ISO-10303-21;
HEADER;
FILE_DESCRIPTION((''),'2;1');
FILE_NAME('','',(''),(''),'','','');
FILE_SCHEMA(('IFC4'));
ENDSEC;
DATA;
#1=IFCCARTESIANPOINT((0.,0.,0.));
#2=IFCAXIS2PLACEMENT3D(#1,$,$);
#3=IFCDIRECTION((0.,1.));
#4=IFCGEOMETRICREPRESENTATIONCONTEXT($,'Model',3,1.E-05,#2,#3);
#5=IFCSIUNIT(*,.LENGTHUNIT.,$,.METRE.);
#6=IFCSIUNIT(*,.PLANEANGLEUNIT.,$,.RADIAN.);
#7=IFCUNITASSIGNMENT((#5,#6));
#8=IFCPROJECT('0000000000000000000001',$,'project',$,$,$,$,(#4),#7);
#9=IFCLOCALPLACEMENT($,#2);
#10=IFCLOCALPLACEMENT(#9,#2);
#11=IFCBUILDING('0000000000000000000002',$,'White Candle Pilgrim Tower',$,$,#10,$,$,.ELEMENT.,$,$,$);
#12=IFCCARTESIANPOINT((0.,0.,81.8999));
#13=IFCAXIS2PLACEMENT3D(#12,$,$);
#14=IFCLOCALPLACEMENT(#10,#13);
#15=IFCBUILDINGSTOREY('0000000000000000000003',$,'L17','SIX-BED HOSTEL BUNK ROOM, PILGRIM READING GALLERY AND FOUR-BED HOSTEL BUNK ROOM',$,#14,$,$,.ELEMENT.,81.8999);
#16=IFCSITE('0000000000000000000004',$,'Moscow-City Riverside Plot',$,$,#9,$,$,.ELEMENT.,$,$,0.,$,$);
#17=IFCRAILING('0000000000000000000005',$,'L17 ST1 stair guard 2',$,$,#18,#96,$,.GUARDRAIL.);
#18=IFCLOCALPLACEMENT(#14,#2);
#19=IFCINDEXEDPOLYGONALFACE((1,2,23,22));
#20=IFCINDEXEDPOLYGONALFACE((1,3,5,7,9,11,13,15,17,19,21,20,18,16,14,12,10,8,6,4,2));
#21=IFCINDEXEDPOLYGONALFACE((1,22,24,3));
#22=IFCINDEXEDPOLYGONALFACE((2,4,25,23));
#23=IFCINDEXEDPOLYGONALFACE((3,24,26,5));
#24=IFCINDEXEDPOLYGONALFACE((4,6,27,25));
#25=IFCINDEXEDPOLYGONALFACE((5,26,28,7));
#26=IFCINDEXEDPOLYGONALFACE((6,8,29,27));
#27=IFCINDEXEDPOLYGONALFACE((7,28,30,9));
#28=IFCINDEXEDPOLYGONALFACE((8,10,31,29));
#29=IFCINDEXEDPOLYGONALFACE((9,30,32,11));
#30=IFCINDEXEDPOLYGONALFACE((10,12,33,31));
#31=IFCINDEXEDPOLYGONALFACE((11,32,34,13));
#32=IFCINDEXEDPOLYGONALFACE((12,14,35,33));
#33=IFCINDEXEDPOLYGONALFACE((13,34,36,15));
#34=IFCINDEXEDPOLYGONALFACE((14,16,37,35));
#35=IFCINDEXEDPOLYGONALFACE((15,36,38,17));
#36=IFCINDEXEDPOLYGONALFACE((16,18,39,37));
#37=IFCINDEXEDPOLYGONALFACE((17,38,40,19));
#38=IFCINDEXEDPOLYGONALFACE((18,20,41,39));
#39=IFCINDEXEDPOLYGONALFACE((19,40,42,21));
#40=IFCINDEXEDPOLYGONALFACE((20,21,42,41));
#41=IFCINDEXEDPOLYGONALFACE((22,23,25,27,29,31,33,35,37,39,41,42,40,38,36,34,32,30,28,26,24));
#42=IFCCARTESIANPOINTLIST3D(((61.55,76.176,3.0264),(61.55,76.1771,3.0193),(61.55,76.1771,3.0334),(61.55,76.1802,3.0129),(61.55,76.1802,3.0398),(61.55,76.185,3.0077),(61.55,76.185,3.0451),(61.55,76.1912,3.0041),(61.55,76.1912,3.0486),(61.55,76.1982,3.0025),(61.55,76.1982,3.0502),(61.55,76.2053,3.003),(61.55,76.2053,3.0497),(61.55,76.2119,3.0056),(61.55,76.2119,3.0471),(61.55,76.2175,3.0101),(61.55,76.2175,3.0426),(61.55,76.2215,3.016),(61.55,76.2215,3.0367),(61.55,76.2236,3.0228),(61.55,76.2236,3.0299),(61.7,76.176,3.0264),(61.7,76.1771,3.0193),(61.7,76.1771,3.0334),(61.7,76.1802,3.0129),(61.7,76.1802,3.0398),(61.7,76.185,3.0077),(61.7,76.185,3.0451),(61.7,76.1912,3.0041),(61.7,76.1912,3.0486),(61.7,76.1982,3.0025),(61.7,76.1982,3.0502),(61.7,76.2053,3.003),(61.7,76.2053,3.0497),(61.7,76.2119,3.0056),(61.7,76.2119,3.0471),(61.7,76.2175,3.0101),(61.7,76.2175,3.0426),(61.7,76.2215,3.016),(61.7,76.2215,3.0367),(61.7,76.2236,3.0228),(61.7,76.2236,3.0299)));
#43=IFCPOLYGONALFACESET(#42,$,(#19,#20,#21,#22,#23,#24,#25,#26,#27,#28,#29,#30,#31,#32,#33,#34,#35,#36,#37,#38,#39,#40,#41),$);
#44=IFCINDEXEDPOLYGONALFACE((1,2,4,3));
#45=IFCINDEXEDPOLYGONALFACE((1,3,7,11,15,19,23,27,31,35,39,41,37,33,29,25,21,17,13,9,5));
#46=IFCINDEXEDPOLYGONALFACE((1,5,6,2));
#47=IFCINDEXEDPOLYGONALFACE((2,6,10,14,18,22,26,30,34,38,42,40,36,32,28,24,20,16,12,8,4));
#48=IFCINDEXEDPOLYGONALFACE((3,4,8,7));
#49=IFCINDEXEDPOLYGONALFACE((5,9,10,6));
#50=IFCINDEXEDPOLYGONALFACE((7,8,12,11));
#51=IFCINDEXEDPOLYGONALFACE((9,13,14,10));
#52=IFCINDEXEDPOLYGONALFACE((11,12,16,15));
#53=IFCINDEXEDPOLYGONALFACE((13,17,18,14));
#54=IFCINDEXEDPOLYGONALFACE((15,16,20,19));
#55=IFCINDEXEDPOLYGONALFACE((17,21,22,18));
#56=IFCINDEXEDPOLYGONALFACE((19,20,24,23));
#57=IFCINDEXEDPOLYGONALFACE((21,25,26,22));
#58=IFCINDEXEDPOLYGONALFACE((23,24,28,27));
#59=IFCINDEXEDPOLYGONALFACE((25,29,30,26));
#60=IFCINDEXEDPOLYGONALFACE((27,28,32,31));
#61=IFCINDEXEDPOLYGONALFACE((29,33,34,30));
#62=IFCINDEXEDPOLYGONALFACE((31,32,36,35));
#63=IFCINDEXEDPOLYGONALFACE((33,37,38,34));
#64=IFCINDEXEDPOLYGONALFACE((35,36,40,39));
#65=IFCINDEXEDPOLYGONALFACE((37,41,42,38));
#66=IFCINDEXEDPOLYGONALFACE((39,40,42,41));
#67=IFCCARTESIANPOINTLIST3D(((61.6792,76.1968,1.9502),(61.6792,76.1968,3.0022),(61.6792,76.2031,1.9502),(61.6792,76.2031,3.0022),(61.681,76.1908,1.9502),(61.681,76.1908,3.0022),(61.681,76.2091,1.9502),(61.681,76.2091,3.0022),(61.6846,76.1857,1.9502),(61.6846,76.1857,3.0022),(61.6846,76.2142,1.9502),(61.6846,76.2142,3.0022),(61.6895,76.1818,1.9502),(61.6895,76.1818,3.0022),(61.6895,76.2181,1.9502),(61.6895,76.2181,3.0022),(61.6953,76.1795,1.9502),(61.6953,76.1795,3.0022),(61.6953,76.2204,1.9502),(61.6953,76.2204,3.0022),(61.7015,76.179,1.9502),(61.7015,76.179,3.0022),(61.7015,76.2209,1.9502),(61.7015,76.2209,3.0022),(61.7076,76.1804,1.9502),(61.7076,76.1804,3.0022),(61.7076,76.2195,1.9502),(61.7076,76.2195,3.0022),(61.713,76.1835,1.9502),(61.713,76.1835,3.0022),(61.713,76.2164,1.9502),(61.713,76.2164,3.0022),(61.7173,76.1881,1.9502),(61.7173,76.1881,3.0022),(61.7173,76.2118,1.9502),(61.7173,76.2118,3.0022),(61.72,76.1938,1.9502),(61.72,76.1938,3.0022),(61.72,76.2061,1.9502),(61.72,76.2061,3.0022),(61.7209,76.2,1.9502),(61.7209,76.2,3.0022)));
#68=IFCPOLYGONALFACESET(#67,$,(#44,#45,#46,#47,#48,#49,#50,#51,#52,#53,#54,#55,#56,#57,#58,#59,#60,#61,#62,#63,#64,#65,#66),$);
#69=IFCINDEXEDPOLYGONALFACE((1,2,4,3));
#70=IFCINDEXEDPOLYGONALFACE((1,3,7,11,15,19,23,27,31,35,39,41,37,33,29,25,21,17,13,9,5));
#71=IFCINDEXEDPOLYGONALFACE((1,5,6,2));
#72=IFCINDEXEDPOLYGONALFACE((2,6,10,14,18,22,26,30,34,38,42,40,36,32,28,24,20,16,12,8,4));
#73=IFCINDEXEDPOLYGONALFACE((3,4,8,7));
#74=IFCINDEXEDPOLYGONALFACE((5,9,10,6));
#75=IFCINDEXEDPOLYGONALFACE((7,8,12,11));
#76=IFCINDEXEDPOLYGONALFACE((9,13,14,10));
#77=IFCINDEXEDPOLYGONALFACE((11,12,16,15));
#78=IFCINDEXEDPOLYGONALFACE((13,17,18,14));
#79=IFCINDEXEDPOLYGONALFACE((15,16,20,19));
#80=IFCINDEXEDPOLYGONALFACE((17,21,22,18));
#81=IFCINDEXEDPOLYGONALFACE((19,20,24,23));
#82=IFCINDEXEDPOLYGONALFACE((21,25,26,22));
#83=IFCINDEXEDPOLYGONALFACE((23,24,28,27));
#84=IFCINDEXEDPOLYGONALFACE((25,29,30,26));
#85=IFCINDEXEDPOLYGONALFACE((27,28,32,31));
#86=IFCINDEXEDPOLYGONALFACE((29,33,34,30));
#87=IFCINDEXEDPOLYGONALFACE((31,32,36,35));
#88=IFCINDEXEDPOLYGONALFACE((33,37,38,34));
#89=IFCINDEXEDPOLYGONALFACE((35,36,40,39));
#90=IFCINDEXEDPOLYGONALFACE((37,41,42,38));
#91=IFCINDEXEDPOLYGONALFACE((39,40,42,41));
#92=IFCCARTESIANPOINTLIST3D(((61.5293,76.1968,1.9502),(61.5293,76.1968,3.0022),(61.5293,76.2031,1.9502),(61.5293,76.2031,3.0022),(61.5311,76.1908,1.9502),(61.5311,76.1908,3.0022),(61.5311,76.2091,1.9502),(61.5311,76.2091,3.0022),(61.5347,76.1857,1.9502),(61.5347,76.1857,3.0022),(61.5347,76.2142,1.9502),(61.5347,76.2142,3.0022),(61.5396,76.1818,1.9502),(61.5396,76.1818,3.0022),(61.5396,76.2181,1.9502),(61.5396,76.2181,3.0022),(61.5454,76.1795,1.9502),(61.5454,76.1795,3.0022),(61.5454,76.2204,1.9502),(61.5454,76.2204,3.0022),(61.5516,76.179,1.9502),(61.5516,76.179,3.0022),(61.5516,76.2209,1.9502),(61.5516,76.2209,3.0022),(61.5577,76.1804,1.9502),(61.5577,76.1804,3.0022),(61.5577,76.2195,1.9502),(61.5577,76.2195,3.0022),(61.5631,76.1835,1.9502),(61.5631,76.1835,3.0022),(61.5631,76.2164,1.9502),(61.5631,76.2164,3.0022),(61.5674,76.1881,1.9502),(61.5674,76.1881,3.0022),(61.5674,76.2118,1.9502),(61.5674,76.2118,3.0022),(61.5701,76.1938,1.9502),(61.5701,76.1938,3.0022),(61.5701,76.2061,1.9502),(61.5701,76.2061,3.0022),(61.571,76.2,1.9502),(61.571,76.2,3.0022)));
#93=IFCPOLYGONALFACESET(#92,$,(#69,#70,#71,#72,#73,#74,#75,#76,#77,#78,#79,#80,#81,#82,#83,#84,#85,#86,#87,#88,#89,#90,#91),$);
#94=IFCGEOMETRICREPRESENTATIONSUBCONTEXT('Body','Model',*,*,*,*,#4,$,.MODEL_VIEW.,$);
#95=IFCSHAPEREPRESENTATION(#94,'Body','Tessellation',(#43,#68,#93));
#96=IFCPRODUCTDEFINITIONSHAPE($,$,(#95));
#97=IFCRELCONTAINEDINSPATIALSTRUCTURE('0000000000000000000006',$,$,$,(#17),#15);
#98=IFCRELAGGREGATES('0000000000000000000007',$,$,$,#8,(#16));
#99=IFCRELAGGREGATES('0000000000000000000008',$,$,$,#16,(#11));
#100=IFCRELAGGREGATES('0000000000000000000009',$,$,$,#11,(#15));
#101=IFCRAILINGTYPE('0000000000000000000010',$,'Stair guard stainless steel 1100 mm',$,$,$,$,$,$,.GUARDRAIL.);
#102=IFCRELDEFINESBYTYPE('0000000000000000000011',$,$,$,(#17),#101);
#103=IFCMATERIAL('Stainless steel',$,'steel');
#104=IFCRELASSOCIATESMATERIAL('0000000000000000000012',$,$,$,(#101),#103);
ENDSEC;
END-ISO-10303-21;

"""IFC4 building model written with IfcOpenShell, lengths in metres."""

from ifc_helpers import new_model, si_unit, direction, frame, origin, origin_2d, place, context, subcontext, project, spatial, circle, extrude, material, type_object, element, save


model = new_model("IFC4")

# Units and contexts
model_context = context("Model", 3, precision=1e-05, world=origin(), true_north=direction((0.0, 1.0)))
body_context = subcontext(model_context, "Body", "Model", "MODEL_VIEW")
ifc_project = project(units=[si_unit("LENGTHUNIT", "METRE"), si_unit("PLANEANGLEUNIT", "RADIAN")], contexts=[model_context])

# Site, building, storey
site_placement = place(None, origin())
site = spatial("IfcSite", under=ifc_project, at=site_placement, Name="Moscow-City Riverside Plot", CompositionType="ELEMENT", RefElevation=0.0)
building_placement = place(site_placement, origin())
building = spatial("IfcBuilding", under=site, at=building_placement, Name="White Candle Pilgrim Tower", CompositionType="ELEMENT")
storey_placement = place(building_placement, frame((0.0, 0.0, 81.8999)))
storey = spatial("IfcBuildingStorey", under=building, at=storey_placement, Name="L17", Description="SIX-BED HOSTEL BUNK ROOM, PILGRIM READING GALLERY AND FOUR-BED HOSTEL BUNK ROOM", CompositionType="ELEMENT", Elevation=81.8999)

# Railing
ifc_material_1 = material(Name="Stainless steel", Category="steel")
railing_type_1 = type_object("IfcRailingType", Name="Stair guard stainless steel 1100 mm", PredefinedType="GUARDRAIL", material=ifc_material_1)
railing_1_placement = place(storey_placement, frame((61.7, 76.2, 1.9502)))
element("IfcRailing", 1, at=railing_1_placement, inside=storey, type_object=railing_type_1, Name="L17 ST1 stair guard 2", PredefinedType="GUARDRAIL", context=body_context, shape_type="SweptSolid", body=[
    extrude(circle(Radius=0.0239, at=origin_2d()), frame((0.0, 0.0, 1.0762), z_axis=(-1.0, 0.0, 0.0), x_axis=(0.0, -1.0, 0.0)), (0.0, 0.0, 1.0), 0.1499),
    extrude(circle(Radius=0.021, at=origin_2d()), origin(), (0.0, 0.0, 1.0), 1.052),
    extrude(circle(Radius=0.021, at=origin_2d()), frame((-0.1499, 0.0, 0.0)), (0.0, 0.0, 1.0), 1.052),
])

save(model, "model.ifc")
